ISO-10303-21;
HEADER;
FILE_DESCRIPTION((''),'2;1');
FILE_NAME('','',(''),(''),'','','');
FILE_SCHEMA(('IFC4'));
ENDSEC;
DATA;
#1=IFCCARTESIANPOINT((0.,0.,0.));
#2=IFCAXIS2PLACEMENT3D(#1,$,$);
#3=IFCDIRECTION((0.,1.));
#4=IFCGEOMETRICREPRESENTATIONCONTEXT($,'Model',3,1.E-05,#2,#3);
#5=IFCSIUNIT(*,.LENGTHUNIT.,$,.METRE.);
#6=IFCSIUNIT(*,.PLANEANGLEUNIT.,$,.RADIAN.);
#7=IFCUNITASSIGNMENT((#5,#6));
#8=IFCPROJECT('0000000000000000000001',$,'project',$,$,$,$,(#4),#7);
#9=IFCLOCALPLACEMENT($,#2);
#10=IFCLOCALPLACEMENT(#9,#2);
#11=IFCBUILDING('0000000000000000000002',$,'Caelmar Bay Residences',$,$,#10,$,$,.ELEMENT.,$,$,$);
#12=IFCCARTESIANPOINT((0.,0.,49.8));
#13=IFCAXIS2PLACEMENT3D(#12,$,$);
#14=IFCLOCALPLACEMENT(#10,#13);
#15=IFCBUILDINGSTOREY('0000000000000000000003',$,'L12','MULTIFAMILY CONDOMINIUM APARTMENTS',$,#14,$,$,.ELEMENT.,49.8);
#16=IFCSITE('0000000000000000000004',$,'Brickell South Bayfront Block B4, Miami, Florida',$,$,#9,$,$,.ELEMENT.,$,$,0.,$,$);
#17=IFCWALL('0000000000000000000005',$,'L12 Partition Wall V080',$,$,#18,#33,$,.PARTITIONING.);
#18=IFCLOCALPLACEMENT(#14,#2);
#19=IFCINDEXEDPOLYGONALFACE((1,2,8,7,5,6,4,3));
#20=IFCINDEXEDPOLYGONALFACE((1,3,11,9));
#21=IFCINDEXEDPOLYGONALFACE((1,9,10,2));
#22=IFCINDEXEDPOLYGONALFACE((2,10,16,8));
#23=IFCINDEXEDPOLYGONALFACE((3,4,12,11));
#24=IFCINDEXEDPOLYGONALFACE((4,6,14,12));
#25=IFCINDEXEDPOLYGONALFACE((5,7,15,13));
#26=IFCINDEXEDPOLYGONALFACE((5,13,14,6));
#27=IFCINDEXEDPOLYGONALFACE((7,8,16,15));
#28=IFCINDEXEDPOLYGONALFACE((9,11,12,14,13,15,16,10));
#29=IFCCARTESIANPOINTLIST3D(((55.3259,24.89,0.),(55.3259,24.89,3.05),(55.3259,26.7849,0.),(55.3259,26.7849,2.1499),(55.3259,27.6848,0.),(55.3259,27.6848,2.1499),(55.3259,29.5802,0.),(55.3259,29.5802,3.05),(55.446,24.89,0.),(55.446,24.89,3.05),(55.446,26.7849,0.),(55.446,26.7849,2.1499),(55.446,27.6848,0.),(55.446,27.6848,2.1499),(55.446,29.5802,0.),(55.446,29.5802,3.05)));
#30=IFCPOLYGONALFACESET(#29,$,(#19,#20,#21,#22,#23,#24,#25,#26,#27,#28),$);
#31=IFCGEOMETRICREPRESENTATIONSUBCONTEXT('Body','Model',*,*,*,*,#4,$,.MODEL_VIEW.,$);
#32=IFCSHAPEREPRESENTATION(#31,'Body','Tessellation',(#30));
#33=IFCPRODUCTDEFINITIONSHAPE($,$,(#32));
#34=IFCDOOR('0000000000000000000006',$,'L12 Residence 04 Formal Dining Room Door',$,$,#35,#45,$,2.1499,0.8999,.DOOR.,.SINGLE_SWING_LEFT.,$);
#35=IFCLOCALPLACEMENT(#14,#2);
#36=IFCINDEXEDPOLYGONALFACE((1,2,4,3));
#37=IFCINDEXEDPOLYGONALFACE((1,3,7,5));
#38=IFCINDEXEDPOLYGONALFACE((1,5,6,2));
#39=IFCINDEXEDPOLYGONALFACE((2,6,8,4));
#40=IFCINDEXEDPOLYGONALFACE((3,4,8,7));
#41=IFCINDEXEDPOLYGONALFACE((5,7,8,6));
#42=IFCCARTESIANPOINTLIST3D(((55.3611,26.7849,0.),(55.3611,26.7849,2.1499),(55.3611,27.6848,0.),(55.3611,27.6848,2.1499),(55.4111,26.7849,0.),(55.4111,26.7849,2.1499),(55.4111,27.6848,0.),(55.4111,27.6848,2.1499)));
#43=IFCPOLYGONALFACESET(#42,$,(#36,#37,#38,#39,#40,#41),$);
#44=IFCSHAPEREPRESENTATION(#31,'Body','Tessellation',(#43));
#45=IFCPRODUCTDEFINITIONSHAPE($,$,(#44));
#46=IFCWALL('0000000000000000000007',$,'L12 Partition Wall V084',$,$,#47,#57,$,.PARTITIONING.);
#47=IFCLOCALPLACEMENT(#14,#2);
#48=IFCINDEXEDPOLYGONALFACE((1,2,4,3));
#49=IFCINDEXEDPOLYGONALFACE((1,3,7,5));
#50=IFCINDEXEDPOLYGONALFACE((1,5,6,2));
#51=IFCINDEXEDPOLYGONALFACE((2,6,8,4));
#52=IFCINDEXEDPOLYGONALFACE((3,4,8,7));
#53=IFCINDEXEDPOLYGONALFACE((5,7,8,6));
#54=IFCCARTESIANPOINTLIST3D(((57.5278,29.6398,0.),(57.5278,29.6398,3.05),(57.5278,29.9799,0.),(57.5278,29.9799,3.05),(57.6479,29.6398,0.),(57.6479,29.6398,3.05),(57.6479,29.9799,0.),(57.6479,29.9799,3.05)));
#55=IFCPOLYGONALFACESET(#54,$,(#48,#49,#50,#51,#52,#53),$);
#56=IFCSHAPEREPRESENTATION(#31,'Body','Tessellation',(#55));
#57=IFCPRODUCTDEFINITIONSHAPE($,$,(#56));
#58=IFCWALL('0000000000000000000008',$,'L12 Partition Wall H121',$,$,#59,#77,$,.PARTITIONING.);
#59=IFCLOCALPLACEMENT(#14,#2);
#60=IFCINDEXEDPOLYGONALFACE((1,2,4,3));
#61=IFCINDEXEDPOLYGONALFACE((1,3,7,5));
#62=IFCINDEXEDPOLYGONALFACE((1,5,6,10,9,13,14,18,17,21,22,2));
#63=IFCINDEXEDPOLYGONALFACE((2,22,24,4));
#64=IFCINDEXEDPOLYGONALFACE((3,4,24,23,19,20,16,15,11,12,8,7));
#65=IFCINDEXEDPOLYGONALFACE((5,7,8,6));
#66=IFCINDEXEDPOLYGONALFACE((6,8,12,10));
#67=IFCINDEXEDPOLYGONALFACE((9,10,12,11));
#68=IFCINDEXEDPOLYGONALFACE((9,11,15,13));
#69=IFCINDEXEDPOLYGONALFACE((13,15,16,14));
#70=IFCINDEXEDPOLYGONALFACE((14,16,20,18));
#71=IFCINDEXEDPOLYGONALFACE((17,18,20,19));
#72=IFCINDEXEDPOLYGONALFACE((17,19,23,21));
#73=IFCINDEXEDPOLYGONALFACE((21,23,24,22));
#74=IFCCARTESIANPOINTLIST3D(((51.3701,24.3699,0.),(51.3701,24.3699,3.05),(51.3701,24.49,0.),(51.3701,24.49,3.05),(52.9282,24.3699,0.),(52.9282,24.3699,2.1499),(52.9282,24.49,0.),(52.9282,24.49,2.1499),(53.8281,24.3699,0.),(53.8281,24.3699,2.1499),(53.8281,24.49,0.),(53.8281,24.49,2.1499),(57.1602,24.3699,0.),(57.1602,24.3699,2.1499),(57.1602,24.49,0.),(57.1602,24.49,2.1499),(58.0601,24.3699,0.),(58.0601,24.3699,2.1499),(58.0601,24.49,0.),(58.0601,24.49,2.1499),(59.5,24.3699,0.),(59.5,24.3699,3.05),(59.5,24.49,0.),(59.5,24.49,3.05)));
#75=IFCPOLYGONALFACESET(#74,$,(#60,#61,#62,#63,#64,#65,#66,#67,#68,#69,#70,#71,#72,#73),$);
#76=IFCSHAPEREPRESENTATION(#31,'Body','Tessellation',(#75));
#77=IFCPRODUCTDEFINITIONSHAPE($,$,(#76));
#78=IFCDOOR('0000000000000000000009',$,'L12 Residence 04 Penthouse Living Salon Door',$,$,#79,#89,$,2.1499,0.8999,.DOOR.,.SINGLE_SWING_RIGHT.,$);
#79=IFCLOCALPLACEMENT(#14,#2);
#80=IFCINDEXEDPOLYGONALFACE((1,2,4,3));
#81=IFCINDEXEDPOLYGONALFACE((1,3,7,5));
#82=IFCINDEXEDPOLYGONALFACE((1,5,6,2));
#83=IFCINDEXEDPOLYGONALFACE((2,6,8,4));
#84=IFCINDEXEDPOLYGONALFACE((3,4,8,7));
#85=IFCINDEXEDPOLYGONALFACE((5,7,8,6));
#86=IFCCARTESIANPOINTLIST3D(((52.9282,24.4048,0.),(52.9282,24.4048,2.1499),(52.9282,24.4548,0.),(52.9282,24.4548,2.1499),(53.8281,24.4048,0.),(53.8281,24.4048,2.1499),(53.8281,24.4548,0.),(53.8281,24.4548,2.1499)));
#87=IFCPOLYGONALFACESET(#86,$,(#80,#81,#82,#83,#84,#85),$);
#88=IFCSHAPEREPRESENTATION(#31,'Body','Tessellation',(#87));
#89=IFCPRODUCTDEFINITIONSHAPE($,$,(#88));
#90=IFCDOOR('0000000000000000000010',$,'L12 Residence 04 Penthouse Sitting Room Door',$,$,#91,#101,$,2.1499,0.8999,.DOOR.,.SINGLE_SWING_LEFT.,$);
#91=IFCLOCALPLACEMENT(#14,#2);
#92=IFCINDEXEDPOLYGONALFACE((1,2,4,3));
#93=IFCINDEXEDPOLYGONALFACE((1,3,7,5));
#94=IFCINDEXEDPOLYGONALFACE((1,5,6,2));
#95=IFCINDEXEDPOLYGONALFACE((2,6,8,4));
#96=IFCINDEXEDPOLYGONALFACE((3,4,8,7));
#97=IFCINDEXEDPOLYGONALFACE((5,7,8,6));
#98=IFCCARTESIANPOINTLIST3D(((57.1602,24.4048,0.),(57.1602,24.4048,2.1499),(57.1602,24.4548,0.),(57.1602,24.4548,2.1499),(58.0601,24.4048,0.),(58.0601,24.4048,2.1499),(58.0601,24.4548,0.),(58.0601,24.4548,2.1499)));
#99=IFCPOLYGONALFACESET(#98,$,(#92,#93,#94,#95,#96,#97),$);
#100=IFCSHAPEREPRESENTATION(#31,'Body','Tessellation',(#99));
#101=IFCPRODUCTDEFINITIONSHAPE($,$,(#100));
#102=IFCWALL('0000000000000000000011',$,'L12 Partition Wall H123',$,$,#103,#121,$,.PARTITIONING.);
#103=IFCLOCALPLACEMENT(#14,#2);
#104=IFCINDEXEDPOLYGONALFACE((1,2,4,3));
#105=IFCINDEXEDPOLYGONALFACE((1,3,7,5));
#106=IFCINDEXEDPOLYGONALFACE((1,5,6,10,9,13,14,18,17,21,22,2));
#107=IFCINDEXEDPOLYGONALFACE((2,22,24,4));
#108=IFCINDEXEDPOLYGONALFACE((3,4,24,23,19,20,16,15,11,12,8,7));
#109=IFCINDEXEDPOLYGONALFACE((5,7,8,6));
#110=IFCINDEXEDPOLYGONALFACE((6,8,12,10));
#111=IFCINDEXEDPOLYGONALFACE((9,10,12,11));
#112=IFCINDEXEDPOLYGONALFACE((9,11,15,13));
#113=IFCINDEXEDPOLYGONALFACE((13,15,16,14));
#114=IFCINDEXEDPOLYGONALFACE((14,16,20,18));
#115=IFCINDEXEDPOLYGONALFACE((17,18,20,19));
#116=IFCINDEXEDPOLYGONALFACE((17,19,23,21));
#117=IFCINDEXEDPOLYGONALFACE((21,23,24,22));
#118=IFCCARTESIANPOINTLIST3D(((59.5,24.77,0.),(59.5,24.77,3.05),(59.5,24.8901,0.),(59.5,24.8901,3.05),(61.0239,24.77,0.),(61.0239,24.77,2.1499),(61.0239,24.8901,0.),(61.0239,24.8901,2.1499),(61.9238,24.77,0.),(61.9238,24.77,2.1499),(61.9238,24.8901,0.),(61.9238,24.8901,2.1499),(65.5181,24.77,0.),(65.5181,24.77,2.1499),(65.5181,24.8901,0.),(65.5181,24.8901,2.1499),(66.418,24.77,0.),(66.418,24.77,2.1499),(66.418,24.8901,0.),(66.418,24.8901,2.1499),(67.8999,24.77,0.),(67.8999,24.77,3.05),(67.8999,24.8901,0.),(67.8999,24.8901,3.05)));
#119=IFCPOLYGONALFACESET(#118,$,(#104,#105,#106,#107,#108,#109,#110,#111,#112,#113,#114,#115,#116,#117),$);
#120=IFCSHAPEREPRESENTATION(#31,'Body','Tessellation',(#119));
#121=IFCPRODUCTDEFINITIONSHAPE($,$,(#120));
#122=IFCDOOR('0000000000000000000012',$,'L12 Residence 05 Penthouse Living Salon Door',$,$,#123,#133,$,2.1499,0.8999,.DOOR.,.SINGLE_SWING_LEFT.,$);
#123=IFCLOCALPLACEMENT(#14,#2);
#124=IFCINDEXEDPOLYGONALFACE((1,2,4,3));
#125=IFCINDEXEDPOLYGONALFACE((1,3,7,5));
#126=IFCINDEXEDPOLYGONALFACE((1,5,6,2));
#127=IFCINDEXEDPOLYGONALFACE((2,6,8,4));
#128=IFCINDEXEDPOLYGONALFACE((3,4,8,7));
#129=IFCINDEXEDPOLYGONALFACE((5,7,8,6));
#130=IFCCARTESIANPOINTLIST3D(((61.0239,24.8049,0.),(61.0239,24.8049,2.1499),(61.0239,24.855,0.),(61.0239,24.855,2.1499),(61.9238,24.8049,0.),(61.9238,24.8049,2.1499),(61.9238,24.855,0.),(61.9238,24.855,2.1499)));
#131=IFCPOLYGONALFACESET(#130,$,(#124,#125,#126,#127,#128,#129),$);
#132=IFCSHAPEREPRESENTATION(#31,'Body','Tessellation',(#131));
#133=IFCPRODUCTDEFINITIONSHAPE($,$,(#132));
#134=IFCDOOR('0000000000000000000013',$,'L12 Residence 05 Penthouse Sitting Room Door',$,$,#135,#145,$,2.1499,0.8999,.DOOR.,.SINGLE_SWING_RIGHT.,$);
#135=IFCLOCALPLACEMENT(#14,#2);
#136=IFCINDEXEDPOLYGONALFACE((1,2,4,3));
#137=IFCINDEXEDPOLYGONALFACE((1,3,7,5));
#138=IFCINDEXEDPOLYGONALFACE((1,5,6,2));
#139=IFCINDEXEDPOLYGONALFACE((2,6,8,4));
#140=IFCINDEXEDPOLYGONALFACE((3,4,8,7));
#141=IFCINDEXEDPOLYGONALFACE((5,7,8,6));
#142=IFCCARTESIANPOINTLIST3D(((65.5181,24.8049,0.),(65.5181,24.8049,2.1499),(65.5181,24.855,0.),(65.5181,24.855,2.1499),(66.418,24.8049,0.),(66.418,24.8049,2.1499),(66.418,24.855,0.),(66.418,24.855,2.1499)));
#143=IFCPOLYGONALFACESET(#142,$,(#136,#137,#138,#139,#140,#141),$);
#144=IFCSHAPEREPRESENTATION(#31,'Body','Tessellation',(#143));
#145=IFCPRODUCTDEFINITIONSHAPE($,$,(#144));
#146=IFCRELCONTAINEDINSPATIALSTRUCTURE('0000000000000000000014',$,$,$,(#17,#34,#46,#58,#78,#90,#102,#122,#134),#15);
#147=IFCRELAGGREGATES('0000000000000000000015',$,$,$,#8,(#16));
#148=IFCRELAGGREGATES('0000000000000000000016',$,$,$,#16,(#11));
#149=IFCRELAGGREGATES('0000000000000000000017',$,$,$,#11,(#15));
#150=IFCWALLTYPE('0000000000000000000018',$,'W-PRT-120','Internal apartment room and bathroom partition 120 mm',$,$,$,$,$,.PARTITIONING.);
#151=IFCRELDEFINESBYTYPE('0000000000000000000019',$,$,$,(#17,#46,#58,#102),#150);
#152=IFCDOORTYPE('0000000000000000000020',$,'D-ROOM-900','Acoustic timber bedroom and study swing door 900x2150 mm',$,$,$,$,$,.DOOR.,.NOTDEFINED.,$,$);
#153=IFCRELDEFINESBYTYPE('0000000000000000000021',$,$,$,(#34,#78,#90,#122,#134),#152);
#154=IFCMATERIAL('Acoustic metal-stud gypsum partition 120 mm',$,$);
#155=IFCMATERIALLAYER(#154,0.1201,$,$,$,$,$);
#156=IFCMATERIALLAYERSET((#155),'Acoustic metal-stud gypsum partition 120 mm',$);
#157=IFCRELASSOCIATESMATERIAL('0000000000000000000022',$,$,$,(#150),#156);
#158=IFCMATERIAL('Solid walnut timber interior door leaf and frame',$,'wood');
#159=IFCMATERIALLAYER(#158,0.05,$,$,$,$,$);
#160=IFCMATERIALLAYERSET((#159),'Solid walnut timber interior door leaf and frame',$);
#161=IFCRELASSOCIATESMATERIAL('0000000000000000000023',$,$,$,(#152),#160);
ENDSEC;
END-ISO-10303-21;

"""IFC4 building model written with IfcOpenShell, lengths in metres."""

from ifc_helpers import new_model, si_unit, direction, frame, frame_2d, origin, place, context, subcontext, project, spatial, rectangle, extrude, material, layer, layer_set, type_object, element, fill, save


model = new_model("IFC4")

# Units and contexts
model_context = context("Model", 3, precision=1e-05, world=origin(), true_north=direction((0.0, 1.0)))
body_context = subcontext(model_context, "Body", "Model", "MODEL_VIEW")
ifc_project = project(units=[si_unit("LENGTHUNIT", "METRE"), si_unit("PLANEANGLEUNIT", "RADIAN")], contexts=[model_context])

# Site, building, storey
site_placement = place(None, origin())
site = spatial("IfcSite", under=ifc_project, at=site_placement, Name="Brickell South Bayfront Block B4, Miami, Florida", CompositionType="ELEMENT", RefElevation=0.0)
building_placement = place(site_placement, origin())
building = spatial("IfcBuilding", under=site, at=building_placement, Name="Caelmar Bay Residences", CompositionType="ELEMENT")
storey_placement = place(building_placement, frame((0.0, 0.0, 49.8)))
storey = spatial("IfcBuildingStorey", under=building, at=storey_placement, Name="L12", Description="MULTIFAMILY CONDOMINIUM APARTMENTS", CompositionType="ELEMENT", Elevation=49.8)

# Shared definitions
ifc_material_1 = material(Name="Acoustic metal-stud gypsum partition 120 mm")
ifc_layer_1 = layer(ifc_material_1, 0.1201)
ifc_layer_set_1 = layer_set([ifc_layer_1], Name="Acoustic metal-stud gypsum partition 120 mm")
wall_type_1 = type_object("IfcWallType", Name="W-PRT-120", Description="Internal apartment room and bathroom partition 120 mm", PredefinedType="PARTITIONING", material=ifc_layer_set_1)
ifc_material_2 = material(Name="Solid walnut timber interior door leaf and frame", Category="wood")

# Wall, opening, door
wall_1_placement = place(storey_placement, frame((55.386, 24.8899, 0.0), z_axis=(0.0, 0.0, 1.0), x_axis=(0.0, 1.0, 0.0)))
wall_1 = element("IfcWall", 1, at=wall_1_placement, inside=storey, type_object=wall_type_1, Name="L12 Partition Wall V080", PredefinedType="PARTITIONING", context=body_context, shape_type="SweptSolid", body=[
    extrude(rectangle(XDim=4.6902, YDim=0.1201, at=frame_2d((2.3452, 0.0))), origin(), (0.0, 0.0, 1.0), 3.05),
])
opening_1_placement = place(wall_1_placement, frame((1.895, 0.0, 0.0)))
opening_1 = element("IfcOpeningElement", 2, at=opening_1_placement, cuts=wall_1, PredefinedType="OPENING", context=body_context, shape_type="SweptSolid", body=[
    extrude(rectangle(XDim=0.8999, YDim=2.1499, at=frame_2d((0.45, 1.075))), frame((0.0, 0.0701, 0.0), z_axis=(0.0, -1.0, 0.0), x_axis=(1.0, 0.0, 0.0)), (0.0, 0.0, 1.0), 0.1401),
])
ifc_layer_2 = layer(ifc_material_2, 0.05)
ifc_layer_set_2 = layer_set([ifc_layer_2], Name="Solid walnut timber interior door leaf and frame")
door_type_1 = type_object("IfcDoorType", Name="D-ROOM-900", Description="Acoustic timber bedroom and study swing door 900x2150 mm", OperationType="NOTDEFINED", PredefinedType="DOOR", material=ifc_layer_set_2)
door_1_placement = place(opening_1_placement, origin())
door_1 = element("IfcDoor", 3, at=door_1_placement, inside=storey, type_object=door_type_1, Name="L12 Residence 04 Formal Dining Room Door", OperationType="SINGLE_SWING_LEFT", OverallHeight=2.1499, OverallWidth=0.8999, PredefinedType="DOOR", context=body_context, shape_type="SweptSolid", body=[
    extrude(rectangle(XDim=0.8999, YDim=2.1499, at=frame_2d((0.45, 1.075))), frame((0.0, 0.0249, 0.0), z_axis=(0.0, -1.0, 0.0), x_axis=(1.0, 0.0, 0.0)), (0.0, 0.0, 1.0), 0.05),
])
fill(opening_1, door_1)

# Wall
wall_2_placement = place(storey_placement, frame((57.5879, 29.6399, 0.0), z_axis=(0.0, 0.0, 1.0), x_axis=(0.0, 1.0, 0.0)))
element("IfcWall", 4, at=wall_2_placement, inside=storey, type_object=wall_type_1, Name="L12 Partition Wall V084", PredefinedType="PARTITIONING", context=body_context, shape_type="SweptSolid", body=[
    extrude(rectangle(XDim=0.3401, YDim=0.1201, at=frame_2d((0.1699, 0.0))), origin(), (0.0, 0.0, 1.0), 3.05),
])

# Walls, openings, doors
wall_3_placement = place(storey_placement, frame((51.3701, 24.4299, 0.0), z_axis=(0.0, 0.0, 1.0), x_axis=(1.0, 0.0, 0.0)))
wall_3 = element("IfcWall", 5, at=wall_3_placement, inside=storey, type_object=wall_type_1, Name="L12 Partition Wall H121", PredefinedType="PARTITIONING", context=body_context, shape_type="SweptSolid", body=[
    extrude(rectangle(XDim=8.1299, YDim=0.1201, at=frame_2d((4.0649, 0.0))), origin(), (0.0, 0.0, 1.0), 3.05),
])
opening_2_placement = place(wall_3_placement, frame((1.5581, 0.0, 0.0)))
opening_2 = element("IfcOpeningElement", 6, at=opening_2_placement, cuts=wall_3, PredefinedType="OPENING", context=body_context, shape_type="SweptSolid", body=[
    extrude(rectangle(XDim=0.8999, YDim=2.1499, at=frame_2d((0.45, 1.075))), frame((0.0, 0.0701, 0.0), z_axis=(0.0, -1.0, 0.0), x_axis=(1.0, 0.0, 0.0)), (0.0, 0.0, 1.0), 0.1401),
])
opening_3_placement = place(wall_3_placement, frame((5.79, 0.0, 0.0)))
opening_3 = element("IfcOpeningElement", 7, at=opening_3_placement, cuts=wall_3, PredefinedType="OPENING", context=body_context, shape_type="SweptSolid", body=[
    extrude(rectangle(XDim=0.8999, YDim=2.1499, at=frame_2d((0.45, 1.075))), frame((0.0, 0.0701, 0.0), z_axis=(0.0, -1.0, 0.0), x_axis=(1.0, 0.0, 0.0)), (0.0, 0.0, 1.0), 0.1401),
])
door_2_placement = place(opening_2_placement, origin())
door_2 = element("IfcDoor", 8, at=door_2_placement, inside=storey, type_object=door_type_1, Name="L12 Residence 04 Penthouse Living Salon Door", OperationType="SINGLE_SWING_RIGHT", OverallHeight=2.1499, OverallWidth=0.8999, PredefinedType="DOOR", context=body_context, shape_type="SweptSolid", body=[
    extrude(rectangle(XDim=0.8999, YDim=2.1499, at=frame_2d((0.45, 1.075))), frame((0.0, 0.0249, 0.0), z_axis=(0.0, -1.0, 0.0), x_axis=(1.0, 0.0, 0.0)), (0.0, 0.0, 1.0), 0.05),
])
fill(opening_2, door_2)
door_3_placement = place(opening_3_placement, origin())
door_3 = element("IfcDoor", 9, at=door_3_placement, inside=storey, type_object=door_type_1, Name="L12 Residence 04 Penthouse Sitting Room Door", OperationType="SINGLE_SWING_LEFT", OverallHeight=2.1499, OverallWidth=0.8999, PredefinedType="DOOR", context=body_context, shape_type="SweptSolid", body=[
    extrude(rectangle(XDim=0.8999, YDim=2.1499, at=frame_2d((0.45, 1.075))), frame((0.0, 0.0249, 0.0), z_axis=(0.0, -1.0, 0.0), x_axis=(1.0, 0.0, 0.0)), (0.0, 0.0, 1.0), 0.05),
])
fill(opening_3, door_3)
wall_4_placement = place(storey_placement, frame((59.5, 24.8301, 0.0), z_axis=(0.0, 0.0, 1.0), x_axis=(1.0, 0.0, 0.0)))
wall_4 = element("IfcWall", 10, at=wall_4_placement, inside=storey, type_object=wall_type_1, Name="L12 Partition Wall H123", PredefinedType="PARTITIONING", context=body_context, shape_type="SweptSolid", body=[
    extrude(rectangle(XDim=8.3999, YDim=0.1201, at=frame_2d((4.2, 0.0))), origin(), (0.0, 0.0, 1.0), 3.05),
])
opening_4_placement = place(wall_4_placement, frame((1.5239, 0.0, 0.0)))
opening_4 = element("IfcOpeningElement", 11, at=opening_4_placement, cuts=wall_4, PredefinedType="OPENING", context=body_context, shape_type="SweptSolid", body=[
    extrude(rectangle(XDim=0.8999, YDim=2.1499, at=frame_2d((0.45, 1.075))), frame((0.0, 0.0701, 0.0), z_axis=(0.0, -1.0, 0.0), x_axis=(1.0, 0.0, 0.0)), (0.0, 0.0, 1.0), 0.1401),
])
opening_5_placement = place(wall_4_placement, frame((6.0181, 0.0, 0.0)))
opening_5 = element("IfcOpeningElement", 12, at=opening_5_placement, cuts=wall_4, PredefinedType="OPENING", context=body_context, shape_type="SweptSolid", body=[
    extrude(rectangle(XDim=0.8999, YDim=2.1499, at=frame_2d((0.45, 1.075))), frame((0.0, 0.0701, 0.0), z_axis=(0.0, -1.0, 0.0), x_axis=(1.0, 0.0, 0.0)), (0.0, 0.0, 1.0), 0.1401),
])
door_4_placement = place(opening_4_placement, origin())
door_4 = element("IfcDoor", 13, at=door_4_placement, inside=storey, type_object=door_type_1, Name="L12 Residence 05 Penthouse Living Salon Door", OperationType="SINGLE_SWING_LEFT", OverallHeight=2.1499, OverallWidth=0.8999, PredefinedType="DOOR", context=body_context, shape_type="SweptSolid", body=[
    extrude(rectangle(XDim=0.8999, YDim=2.1499, at=frame_2d((0.45, 1.075))), frame((0.0, 0.0249, 0.0), z_axis=(0.0, -1.0, 0.0), x_axis=(1.0, 0.0, 0.0)), (0.0, 0.0, 1.0), 0.05),
])
fill(opening_4, door_4)
door_5_placement = place(opening_5_placement, origin())
door_5 = element("IfcDoor", 14, at=door_5_placement, inside=storey, type_object=door_type_1, Name="L12 Residence 05 Penthouse Sitting Room Door", OperationType="SINGLE_SWING_RIGHT", OverallHeight=2.1499, OverallWidth=0.8999, PredefinedType="DOOR", context=body_context, shape_type="SweptSolid", body=[
    extrude(rectangle(XDim=0.8999, YDim=2.1499, at=frame_2d((0.45, 1.075))), frame((0.0, 0.0249, 0.0), z_axis=(0.0, -1.0, 0.0), x_axis=(1.0, 0.0, 0.0)), (0.0, 0.0, 1.0), 0.05),
])
fill(opening_5, door_5)

save(model, "model.ifc")
